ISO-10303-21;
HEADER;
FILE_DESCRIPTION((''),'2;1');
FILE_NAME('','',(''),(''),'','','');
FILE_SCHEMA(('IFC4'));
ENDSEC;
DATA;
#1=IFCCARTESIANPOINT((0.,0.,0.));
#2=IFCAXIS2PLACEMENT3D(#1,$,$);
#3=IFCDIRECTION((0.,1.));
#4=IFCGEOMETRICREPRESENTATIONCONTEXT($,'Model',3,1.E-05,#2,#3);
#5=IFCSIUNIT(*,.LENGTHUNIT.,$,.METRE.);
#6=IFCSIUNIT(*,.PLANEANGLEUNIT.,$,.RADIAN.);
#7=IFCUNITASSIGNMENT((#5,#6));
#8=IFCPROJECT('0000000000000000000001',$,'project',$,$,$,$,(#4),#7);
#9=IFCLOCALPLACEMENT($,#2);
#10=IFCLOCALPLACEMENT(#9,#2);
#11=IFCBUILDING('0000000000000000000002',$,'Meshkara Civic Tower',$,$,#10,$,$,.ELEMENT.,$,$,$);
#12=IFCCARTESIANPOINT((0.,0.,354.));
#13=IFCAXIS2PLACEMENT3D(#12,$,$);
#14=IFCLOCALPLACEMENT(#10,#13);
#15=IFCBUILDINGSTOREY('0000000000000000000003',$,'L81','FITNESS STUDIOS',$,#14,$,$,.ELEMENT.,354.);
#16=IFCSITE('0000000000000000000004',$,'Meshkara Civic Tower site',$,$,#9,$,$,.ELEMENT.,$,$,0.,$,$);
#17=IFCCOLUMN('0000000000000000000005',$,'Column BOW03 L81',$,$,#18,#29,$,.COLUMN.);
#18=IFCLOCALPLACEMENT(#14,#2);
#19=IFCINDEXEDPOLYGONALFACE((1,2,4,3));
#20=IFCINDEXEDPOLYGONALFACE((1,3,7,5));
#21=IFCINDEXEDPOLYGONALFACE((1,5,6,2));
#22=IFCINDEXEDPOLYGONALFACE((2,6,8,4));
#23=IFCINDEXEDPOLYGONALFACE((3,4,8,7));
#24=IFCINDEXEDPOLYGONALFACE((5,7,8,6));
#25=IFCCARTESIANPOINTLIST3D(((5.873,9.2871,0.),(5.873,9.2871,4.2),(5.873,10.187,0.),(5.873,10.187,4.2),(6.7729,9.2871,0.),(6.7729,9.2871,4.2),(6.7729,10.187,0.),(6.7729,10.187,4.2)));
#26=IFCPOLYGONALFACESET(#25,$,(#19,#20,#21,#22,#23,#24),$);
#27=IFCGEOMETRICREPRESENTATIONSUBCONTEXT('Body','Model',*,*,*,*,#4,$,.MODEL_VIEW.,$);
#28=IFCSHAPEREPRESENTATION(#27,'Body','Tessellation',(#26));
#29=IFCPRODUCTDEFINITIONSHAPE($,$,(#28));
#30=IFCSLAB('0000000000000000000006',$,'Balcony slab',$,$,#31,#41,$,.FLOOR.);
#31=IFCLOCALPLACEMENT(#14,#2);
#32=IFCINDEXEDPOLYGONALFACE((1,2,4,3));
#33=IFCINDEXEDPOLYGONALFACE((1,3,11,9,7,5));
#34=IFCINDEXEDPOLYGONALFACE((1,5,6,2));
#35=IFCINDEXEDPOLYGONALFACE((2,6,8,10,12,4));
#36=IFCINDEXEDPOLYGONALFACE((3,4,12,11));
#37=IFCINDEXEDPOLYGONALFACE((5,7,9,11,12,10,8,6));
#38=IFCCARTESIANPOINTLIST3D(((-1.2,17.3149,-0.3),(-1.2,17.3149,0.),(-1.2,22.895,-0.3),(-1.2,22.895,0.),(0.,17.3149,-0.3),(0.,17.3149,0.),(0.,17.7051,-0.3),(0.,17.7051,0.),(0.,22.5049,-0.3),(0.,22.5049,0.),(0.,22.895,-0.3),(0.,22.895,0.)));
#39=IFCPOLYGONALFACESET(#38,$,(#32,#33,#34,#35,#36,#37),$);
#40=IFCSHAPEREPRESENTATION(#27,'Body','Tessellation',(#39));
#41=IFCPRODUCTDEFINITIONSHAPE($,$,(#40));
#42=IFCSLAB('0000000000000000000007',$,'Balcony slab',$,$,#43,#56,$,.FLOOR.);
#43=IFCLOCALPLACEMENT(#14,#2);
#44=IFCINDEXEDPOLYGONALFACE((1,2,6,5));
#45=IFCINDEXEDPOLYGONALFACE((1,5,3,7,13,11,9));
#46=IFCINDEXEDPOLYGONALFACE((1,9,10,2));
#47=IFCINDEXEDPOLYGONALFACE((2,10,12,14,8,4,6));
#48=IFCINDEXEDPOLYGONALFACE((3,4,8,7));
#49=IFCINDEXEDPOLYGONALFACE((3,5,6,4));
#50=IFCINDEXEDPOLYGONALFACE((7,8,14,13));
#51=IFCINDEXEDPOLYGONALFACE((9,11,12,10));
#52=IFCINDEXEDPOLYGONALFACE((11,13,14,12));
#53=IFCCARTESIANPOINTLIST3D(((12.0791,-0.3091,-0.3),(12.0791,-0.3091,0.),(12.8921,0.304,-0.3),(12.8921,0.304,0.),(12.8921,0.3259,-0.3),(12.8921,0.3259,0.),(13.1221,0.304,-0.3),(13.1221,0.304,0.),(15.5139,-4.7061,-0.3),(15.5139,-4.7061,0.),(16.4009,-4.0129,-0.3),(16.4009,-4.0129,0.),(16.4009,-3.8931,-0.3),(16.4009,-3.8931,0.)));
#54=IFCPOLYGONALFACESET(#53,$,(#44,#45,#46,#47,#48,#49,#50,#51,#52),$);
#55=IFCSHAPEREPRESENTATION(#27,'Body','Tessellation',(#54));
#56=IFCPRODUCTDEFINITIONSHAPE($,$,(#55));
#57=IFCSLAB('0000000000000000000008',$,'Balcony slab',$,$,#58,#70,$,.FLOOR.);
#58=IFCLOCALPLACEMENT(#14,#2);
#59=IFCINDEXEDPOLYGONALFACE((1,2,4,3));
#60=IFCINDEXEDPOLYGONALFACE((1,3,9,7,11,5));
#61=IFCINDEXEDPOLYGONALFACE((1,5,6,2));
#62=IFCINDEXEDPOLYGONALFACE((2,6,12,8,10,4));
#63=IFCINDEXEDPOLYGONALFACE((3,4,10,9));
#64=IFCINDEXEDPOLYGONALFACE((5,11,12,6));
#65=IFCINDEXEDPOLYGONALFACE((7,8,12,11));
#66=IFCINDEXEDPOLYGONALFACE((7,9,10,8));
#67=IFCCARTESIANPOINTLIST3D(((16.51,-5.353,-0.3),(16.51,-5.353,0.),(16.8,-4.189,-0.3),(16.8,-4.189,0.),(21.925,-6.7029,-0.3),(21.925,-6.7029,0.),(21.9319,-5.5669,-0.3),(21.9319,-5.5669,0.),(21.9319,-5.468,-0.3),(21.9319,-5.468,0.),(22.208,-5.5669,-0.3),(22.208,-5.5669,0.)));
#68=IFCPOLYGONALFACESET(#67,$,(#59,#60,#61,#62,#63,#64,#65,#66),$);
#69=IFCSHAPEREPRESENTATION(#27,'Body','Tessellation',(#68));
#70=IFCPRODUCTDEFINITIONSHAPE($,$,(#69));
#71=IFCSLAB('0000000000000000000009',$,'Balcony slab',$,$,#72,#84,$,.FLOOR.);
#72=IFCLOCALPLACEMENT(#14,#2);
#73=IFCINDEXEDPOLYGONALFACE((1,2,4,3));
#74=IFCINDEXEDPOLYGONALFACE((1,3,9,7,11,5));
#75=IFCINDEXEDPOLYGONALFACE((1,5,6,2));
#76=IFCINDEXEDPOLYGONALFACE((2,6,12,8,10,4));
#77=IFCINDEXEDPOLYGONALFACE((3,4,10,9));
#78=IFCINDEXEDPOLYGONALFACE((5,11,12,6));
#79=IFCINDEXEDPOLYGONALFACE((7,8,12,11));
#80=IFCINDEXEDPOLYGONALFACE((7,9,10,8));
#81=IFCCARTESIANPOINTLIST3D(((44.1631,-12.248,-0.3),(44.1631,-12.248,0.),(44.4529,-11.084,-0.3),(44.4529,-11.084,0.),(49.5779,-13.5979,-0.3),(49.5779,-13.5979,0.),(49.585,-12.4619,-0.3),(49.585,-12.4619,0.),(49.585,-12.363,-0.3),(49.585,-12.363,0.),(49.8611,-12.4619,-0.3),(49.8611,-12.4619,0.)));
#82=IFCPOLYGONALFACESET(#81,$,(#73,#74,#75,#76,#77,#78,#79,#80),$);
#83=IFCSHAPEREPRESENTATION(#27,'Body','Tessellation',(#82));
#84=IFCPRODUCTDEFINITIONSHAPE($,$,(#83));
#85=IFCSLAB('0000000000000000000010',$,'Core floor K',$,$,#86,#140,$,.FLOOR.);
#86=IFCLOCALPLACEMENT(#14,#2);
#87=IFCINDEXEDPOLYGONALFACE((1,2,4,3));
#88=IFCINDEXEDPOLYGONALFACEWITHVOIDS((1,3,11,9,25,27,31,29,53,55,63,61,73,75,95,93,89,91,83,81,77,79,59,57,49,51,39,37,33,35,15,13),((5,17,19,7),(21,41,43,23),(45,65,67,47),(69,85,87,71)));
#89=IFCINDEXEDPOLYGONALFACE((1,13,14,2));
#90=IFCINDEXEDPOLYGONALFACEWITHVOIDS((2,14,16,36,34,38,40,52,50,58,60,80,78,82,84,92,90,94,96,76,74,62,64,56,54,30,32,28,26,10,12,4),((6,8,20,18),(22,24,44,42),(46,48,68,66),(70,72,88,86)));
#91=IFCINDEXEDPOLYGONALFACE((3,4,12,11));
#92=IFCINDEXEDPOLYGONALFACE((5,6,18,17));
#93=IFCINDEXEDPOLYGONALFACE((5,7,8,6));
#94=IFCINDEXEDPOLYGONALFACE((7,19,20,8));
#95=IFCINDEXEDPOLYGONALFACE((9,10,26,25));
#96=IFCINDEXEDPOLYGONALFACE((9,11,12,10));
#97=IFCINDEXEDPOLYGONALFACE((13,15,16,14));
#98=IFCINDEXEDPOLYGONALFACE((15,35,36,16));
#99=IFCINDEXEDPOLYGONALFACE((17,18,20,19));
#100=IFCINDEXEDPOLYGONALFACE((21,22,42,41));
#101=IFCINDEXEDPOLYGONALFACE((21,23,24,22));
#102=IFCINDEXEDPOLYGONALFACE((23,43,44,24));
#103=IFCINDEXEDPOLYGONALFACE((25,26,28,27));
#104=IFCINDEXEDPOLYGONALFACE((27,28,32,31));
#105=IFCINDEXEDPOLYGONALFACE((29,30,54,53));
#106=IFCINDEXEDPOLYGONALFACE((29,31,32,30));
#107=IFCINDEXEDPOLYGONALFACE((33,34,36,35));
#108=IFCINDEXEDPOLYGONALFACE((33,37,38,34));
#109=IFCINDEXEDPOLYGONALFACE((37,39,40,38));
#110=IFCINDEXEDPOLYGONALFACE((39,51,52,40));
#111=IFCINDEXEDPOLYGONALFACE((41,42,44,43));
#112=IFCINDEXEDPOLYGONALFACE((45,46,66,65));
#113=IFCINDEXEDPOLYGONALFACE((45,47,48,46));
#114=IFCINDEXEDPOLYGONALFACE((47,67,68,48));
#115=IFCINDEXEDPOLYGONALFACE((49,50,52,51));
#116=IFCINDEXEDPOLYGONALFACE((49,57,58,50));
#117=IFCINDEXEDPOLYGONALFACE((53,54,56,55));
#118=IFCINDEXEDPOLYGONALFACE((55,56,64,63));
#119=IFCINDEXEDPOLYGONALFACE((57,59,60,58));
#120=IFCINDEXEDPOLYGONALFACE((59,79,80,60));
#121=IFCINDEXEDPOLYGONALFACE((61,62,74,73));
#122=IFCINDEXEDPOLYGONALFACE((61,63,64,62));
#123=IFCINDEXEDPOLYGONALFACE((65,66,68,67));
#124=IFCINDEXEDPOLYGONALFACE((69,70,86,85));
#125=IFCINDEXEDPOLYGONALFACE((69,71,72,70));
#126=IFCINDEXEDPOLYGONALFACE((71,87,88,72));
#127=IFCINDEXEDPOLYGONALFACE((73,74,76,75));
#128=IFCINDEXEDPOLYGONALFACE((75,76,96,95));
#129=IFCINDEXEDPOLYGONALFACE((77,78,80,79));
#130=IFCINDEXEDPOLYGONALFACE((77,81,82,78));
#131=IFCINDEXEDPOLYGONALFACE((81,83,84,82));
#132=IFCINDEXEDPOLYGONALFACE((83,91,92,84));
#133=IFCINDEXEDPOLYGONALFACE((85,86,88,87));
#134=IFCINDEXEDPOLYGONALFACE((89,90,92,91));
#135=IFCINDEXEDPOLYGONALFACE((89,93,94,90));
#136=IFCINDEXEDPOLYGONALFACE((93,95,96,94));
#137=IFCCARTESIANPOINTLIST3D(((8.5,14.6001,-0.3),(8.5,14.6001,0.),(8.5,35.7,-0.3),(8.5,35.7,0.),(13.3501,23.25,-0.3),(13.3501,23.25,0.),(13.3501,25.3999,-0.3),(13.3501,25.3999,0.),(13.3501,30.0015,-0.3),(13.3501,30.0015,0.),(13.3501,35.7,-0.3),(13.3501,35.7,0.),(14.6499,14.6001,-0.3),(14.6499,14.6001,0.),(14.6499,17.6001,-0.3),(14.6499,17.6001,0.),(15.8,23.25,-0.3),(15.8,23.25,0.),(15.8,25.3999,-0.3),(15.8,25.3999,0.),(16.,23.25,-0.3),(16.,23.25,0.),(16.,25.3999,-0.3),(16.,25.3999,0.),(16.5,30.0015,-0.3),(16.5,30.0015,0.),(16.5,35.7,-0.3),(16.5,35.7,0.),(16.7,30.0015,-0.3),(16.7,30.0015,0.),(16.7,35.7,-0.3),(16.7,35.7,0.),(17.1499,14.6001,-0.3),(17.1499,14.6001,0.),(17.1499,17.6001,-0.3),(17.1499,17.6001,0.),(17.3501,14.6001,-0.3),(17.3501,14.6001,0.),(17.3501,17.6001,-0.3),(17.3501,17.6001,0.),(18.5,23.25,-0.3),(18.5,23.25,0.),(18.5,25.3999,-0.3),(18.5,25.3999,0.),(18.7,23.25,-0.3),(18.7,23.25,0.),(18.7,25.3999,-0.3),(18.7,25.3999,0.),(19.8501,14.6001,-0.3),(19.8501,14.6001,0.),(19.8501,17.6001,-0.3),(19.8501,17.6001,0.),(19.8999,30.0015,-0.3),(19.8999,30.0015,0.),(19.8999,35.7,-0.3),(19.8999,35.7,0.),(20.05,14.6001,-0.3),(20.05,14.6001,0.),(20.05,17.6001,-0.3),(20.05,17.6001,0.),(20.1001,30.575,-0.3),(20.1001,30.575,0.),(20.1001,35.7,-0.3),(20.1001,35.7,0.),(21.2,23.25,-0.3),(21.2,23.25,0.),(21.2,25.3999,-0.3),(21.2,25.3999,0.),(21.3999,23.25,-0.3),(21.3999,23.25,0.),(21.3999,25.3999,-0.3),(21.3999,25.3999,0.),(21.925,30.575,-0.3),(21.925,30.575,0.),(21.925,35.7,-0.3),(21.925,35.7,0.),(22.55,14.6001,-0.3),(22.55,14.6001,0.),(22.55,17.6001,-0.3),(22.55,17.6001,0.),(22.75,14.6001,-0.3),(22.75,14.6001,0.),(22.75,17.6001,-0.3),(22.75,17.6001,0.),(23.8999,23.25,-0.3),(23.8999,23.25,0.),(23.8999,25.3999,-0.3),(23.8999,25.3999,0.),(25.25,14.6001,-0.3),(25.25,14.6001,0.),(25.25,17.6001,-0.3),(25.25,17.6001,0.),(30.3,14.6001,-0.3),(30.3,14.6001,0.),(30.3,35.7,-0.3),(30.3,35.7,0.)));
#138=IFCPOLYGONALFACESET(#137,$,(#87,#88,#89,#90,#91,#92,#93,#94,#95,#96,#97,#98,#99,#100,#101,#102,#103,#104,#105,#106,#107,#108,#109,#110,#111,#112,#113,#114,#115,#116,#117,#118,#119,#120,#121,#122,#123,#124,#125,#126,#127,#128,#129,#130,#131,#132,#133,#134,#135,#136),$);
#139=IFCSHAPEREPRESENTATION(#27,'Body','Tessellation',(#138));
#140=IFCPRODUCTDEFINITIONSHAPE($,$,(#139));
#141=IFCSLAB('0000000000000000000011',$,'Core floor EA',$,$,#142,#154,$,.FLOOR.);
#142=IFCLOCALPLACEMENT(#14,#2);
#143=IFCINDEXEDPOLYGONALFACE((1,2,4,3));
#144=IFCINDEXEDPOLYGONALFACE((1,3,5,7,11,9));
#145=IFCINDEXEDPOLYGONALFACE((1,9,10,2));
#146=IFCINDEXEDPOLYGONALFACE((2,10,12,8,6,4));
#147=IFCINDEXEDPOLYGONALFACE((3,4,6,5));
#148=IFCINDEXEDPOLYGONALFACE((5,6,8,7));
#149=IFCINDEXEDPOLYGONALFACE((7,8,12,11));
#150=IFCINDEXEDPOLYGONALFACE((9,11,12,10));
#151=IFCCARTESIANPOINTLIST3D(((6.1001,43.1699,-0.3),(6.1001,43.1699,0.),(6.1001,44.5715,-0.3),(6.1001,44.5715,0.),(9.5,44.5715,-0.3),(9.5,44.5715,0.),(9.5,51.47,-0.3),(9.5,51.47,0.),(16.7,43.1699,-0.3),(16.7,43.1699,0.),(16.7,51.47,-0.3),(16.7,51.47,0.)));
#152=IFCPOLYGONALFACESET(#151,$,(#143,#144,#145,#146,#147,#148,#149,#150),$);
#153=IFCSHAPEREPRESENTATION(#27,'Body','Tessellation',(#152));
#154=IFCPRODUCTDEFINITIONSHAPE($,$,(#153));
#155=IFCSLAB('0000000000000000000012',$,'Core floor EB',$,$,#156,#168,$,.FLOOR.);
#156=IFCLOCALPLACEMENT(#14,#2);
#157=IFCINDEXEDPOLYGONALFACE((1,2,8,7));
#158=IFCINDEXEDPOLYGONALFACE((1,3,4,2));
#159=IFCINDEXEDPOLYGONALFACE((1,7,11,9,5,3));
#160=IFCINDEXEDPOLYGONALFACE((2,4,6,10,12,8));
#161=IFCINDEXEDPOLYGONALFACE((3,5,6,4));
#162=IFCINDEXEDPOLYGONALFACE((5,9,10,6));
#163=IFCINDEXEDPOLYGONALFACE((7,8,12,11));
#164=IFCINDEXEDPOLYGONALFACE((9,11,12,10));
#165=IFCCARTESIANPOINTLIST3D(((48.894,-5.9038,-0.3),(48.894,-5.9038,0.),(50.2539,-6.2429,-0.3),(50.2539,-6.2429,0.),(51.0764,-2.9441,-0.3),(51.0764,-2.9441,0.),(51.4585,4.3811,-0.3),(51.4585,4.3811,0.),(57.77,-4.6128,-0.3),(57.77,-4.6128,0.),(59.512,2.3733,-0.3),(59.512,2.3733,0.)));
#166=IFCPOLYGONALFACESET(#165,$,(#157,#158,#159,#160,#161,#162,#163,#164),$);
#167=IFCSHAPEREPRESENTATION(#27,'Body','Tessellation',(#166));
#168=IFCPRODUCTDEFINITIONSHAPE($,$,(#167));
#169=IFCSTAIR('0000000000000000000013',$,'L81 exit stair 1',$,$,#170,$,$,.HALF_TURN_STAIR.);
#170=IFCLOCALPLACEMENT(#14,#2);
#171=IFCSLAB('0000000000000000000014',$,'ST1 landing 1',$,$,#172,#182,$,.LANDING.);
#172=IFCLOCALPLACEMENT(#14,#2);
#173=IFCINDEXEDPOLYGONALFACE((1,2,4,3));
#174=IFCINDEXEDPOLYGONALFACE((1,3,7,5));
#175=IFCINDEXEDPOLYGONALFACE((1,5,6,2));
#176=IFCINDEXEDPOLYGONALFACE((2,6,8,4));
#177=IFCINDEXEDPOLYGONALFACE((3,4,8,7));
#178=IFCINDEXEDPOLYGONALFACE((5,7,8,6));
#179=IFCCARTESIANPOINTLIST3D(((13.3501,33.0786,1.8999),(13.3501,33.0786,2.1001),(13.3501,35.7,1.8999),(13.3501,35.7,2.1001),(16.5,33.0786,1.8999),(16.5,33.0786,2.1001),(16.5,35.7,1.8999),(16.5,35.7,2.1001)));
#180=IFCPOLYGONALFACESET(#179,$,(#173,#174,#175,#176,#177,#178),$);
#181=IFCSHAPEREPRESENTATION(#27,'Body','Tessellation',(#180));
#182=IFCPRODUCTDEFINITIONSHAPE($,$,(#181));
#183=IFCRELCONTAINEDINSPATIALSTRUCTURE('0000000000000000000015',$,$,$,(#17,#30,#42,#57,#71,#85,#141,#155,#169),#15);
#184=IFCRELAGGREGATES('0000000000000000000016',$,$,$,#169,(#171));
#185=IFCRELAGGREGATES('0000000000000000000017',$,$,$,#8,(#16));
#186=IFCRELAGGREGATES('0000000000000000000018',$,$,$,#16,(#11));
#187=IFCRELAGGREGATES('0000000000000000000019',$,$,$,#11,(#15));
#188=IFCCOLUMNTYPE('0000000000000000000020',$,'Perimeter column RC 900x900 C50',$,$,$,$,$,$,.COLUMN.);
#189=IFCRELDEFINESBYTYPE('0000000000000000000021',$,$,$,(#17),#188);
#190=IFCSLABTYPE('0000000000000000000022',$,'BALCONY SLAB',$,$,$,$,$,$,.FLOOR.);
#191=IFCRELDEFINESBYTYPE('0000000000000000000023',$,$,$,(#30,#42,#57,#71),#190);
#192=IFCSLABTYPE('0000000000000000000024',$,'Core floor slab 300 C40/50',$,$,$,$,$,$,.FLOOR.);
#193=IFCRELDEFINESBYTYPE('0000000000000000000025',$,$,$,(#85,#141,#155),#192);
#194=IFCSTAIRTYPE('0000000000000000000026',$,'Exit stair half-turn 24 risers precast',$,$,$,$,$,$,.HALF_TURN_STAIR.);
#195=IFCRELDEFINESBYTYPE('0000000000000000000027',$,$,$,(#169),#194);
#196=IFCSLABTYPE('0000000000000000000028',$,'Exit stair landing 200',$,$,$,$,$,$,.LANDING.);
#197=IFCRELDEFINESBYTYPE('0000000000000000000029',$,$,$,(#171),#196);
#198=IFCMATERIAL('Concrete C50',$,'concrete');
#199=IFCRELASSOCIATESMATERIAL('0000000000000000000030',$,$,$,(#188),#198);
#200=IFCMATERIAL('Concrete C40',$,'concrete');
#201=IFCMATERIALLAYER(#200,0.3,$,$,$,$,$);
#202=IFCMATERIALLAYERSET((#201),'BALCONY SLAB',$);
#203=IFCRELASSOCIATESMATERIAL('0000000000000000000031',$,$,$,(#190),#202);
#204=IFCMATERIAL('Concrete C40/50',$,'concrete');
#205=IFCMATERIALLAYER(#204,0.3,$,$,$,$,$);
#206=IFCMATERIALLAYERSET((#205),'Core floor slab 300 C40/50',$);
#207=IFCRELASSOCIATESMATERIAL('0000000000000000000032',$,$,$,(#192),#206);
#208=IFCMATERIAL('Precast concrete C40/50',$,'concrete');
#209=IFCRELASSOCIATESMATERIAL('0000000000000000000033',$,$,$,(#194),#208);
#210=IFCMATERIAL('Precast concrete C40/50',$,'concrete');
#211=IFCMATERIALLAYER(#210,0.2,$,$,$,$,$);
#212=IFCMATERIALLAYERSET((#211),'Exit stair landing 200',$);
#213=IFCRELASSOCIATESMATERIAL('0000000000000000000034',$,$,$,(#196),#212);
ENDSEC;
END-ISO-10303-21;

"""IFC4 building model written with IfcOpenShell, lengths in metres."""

from ifc_helpers import new_model, si_unit, direction, frame, origin, origin_2d, place, context, subcontext, project, spatial, polyline, rectangle, outline, extrude, material, layer, layer_set, material_profile, profile_set, type_object, element, aggregate, save


model = new_model("IFC4")

# Units and contexts
model_context = context("Model", 3, precision=1e-05, world=origin(), true_north=direction((0.0, 1.0)))
body_context = subcontext(model_context, "Body", "Model", "MODEL_VIEW")
ifc_project = project(units=[si_unit("LENGTHUNIT", "METRE"), si_unit("PLANEANGLEUNIT", "RADIAN")], contexts=[model_context])

# Site, building, storey
site_placement = place(None, origin())
site = spatial("IfcSite", under=ifc_project, at=site_placement, Name="Meshkara Civic Tower site", CompositionType="ELEMENT", RefElevation=0.0)
building_placement = place(site_placement, origin())
building = spatial("IfcBuilding", under=site, at=building_placement, Name="Meshkara Civic Tower", CompositionType="ELEMENT")
storey_placement = place(building_placement, frame((0.0, 0.0, 354.0)))
storey = spatial("IfcBuildingStorey", under=building, at=storey_placement, Name="L81", Description="FITNESS STUDIOS", CompositionType="ELEMENT", Elevation=354.0)

# Column
ifc_material_1 = material(Name="Concrete C50", Category="concrete")
ifc_material_profile = material_profile(ifc_material_1, rectangle(XDim=0.8999, YDim=0.8999, at=origin_2d()))
ifc_profile_set = profile_set([ifc_material_profile], Name="Concrete C50")
column_type = type_object("IfcColumnType", Name="Perimeter column RC 900x900 C50", PredefinedType="COLUMN", material=ifc_profile_set)
column_placement = place(storey_placement, frame((6.323, 9.7371, 0.0), z_axis=(0.0, 0.0, 1.0), x_axis=(1.0, 0.0, 0.0)))
element("IfcColumn", 1, at=column_placement, inside=storey, type_object=column_type, Name="Column BOW03 L81", PredefinedType="COLUMN", context=body_context, shape_type="SweptSolid", body=[
    extrude(rectangle(XDim=0.8999, YDim=0.8999, at=origin_2d()), origin(), (0.0, 0.0, 1.0), 4.2),
])

# Slabs
ifc_material_2 = material(Name="Concrete C40", Category="concrete")
ifc_layer_1 = layer(ifc_material_2, 0.3)
ifc_layer_set_1 = layer_set([ifc_layer_1], Name="BALCONY SLAB")
slab_type_1 = type_object("IfcSlabType", Name="BALCONY SLAB", PredefinedType="FLOOR", material=ifc_layer_set_1)
slab_1_placement = place(storey_placement, frame((0.0, 0.0, -0.3)))
element("IfcSlab", 2, at=slab_1_placement, inside=storey, type_object=slab_type_1, Name="Balcony slab", PredefinedType="FLOOR", context=body_context, shape_type="SweptSolid", body=[
    extrude(outline(polyline([(0.0, 17.7051), (0.0, 17.3149), (-1.2, 17.3149), (-1.2, 22.895), (0.0, 22.895), (0.0, 22.5049), (0.0, 17.7051)])), origin(), (0.0, 0.0, 1.0), 0.3),
])
slab_2_placement = place(storey_placement, frame((0.0, 0.0, -0.3)))
element("IfcSlab", 3, at=slab_2_placement, inside=storey, type_object=slab_type_1, Name="Balcony slab", PredefinedType="FLOOR", context=body_context, shape_type="SweptSolid", body=[
    extrude(outline(polyline([(15.5139, -4.7061), (12.0791, -0.3091), (12.8921, 0.3259), (12.8921, 0.304), (13.1221, 0.304), (16.4009, -3.8931), (16.4009, -4.0129), (15.5139, -4.7061)])), origin(), (0.0, 0.0, 1.0), 0.3),
])
slab_3_placement = place(storey_placement, frame((0.0, 0.0, -0.3)))
element("IfcSlab", 4, at=slab_3_placement, inside=storey, type_object=slab_type_1, Name="Balcony slab", PredefinedType="FLOOR", context=body_context, shape_type="SweptSolid", body=[
    extrude(outline(polyline([(21.925, -6.7029), (16.51, -5.353), (16.8, -4.189), (21.9319, -5.468), (21.9319, -5.5669), (22.208, -5.5669), (21.925, -6.7029)])), origin(), (0.0, 0.0, 1.0), 0.3),
])
slab_4_placement = place(storey_placement, frame((0.0, 0.0, -0.3)))
element("IfcSlab", 5, at=slab_4_placement, inside=storey, type_object=slab_type_1, Name="Balcony slab", PredefinedType="FLOOR", context=body_context, shape_type="SweptSolid", body=[
    extrude(outline(polyline([(49.5779, -13.5979), (44.1631, -12.248), (44.4529, -11.084), (49.585, -12.363), (49.585, -12.4619), (49.8611, -12.4619), (49.5779, -13.5979)])), origin(), (0.0, 0.0, 1.0), 0.3),
])
ifc_material_3 = material(Name="Concrete C40/50", Category="concrete")
ifc_layer_2 = layer(ifc_material_3, 0.3)
ifc_layer_set_2 = layer_set([ifc_layer_2], Name="Core floor slab 300 C40/50")
slab_type_2 = type_object("IfcSlabType", Name="Core floor slab 300 C40/50", PredefinedType="FLOOR", material=ifc_layer_set_2)
slab_5_placement = place(storey_placement, frame((0.0, 0.0, -0.3)))
element("IfcSlab", 6, at=slab_5_placement, inside=storey, type_object=slab_type_2, Name="Core floor K", PredefinedType="FLOOR", context=body_context, shape_type="SweptSolid", body=[
    extrude(outline(polyline([(8.5, 35.7), (13.3501, 35.7), (13.3501, 30.0015), (16.5, 30.0015), (16.5, 35.7), (16.7, 35.7), (16.7, 30.0015), (19.8999, 30.0015), (19.8999, 35.7), (20.1001, 35.7), (20.1001, 30.575), (21.925, 30.575), (21.925, 35.7), (30.3, 35.7), (30.3, 14.6001), (25.25, 14.6001), (25.25, 17.6001), (22.75, 17.6001), (22.75, 14.6001), (22.55, 14.6001), (22.55, 17.6001), (20.05, 17.6001), (20.05, 14.6001), (19.8501, 14.6001), (19.8501, 17.6001), (17.3501, 17.6001), (17.3501, 14.6001), (17.1499, 14.6001), (17.1499, 17.6001), (14.6499, 17.6001), (14.6499, 14.6001), (8.5, 14.6001), (8.5, 35.7)]), holes=[polyline([(13.3501, 23.25), (15.8, 23.25), (15.8, 25.3999), (13.3501, 25.3999), (13.3501, 23.25)]), polyline([(18.5, 23.25), (18.5, 25.3999), (16.0, 25.3999), (16.0, 23.25), (18.5, 23.25)]), polyline([(18.7, 23.25), (21.2, 23.25), (21.2, 25.3999), (18.7, 25.3999), (18.7, 23.25)]), polyline([(23.8999, 23.25), (23.8999, 25.3999), (21.3999, 25.3999), (21.3999, 23.25), (23.8999, 23.25)])]), origin(), (0.0, 0.0, 1.0), 0.3),
])
slab_6_placement = place(storey_placement, frame((0.0, 0.0, -0.3)))
element("IfcSlab", 7, at=slab_6_placement, inside=storey, type_object=slab_type_2, Name="Core floor EA", PredefinedType="FLOOR", context=body_context, shape_type="SweptSolid", body=[
    extrude(outline(polyline([(16.7, 43.1699), (16.7, 51.47), (9.5, 51.47), (9.5, 44.5715), (6.1001, 44.5715), (6.1001, 43.1699), (16.7, 43.1699)])), origin(), (0.0, 0.0, 1.0), 0.3),
])
slab_7_placement = place(storey_placement, frame((0.0, 0.0, -0.3)))
element("IfcSlab", 8, at=slab_7_placement, inside=storey, type_object=slab_type_2, Name="Core floor EB", PredefinedType="FLOOR", context=body_context, shape_type="SweptSolid", body=[
    extrude(outline(polyline([(51.4585, 4.3811), (59.512, 2.3733), (57.77, -4.6128), (51.0764, -2.9441), (50.2539, -6.2429), (48.894, -5.9038), (51.4585, 4.3811)])), origin(), (0.0, 0.0, 1.0), 0.3),
])

# Stair, slab
ifc_material_4 = material(Name="Precast concrete C40/50", Category="concrete")
stair_type = type_object("IfcStairType", Name="Exit stair half-turn 24 risers precast", PredefinedType="HALF_TURN_STAIR", material=ifc_material_4)
stair_1_placement = place(storey_placement, origin())
stair_1 = element("IfcStair", 9, at=stair_1_placement, inside=storey, type_object=stair_type, Name="L81 exit stair 1", PredefinedType="HALF_TURN_STAIR")
ifc_material_5 = material(Name="Precast concrete C40/50", Category="concrete")
ifc_layer_3 = layer(ifc_material_5, 0.2)
ifc_layer_set_3 = layer_set([ifc_layer_3], Name="Exit stair landing 200")
slab_type_3 = type_object("IfcSlabType", Name="Exit stair landing 200", PredefinedType="LANDING", material=ifc_layer_set_3)
slab_8_placement = place(storey_placement, frame((0.0, 0.0, 1.8999)))
slab_8 = element("IfcSlab", 10, at=slab_8_placement, type_object=slab_type_3, Name="ST1 landing 1", PredefinedType="LANDING", context=body_context, shape_type="SweptSolid", body=[
    extrude(outline(polyline([(16.5, 33.0786), (16.5, 35.7), (13.3501, 35.7), (13.3501, 33.0786), (16.5, 33.0786)])), origin(), (0.0, 0.0, 1.0), 0.2002),
])
aggregate(stair_1, [slab_8])

save(model, "model.ifc")
